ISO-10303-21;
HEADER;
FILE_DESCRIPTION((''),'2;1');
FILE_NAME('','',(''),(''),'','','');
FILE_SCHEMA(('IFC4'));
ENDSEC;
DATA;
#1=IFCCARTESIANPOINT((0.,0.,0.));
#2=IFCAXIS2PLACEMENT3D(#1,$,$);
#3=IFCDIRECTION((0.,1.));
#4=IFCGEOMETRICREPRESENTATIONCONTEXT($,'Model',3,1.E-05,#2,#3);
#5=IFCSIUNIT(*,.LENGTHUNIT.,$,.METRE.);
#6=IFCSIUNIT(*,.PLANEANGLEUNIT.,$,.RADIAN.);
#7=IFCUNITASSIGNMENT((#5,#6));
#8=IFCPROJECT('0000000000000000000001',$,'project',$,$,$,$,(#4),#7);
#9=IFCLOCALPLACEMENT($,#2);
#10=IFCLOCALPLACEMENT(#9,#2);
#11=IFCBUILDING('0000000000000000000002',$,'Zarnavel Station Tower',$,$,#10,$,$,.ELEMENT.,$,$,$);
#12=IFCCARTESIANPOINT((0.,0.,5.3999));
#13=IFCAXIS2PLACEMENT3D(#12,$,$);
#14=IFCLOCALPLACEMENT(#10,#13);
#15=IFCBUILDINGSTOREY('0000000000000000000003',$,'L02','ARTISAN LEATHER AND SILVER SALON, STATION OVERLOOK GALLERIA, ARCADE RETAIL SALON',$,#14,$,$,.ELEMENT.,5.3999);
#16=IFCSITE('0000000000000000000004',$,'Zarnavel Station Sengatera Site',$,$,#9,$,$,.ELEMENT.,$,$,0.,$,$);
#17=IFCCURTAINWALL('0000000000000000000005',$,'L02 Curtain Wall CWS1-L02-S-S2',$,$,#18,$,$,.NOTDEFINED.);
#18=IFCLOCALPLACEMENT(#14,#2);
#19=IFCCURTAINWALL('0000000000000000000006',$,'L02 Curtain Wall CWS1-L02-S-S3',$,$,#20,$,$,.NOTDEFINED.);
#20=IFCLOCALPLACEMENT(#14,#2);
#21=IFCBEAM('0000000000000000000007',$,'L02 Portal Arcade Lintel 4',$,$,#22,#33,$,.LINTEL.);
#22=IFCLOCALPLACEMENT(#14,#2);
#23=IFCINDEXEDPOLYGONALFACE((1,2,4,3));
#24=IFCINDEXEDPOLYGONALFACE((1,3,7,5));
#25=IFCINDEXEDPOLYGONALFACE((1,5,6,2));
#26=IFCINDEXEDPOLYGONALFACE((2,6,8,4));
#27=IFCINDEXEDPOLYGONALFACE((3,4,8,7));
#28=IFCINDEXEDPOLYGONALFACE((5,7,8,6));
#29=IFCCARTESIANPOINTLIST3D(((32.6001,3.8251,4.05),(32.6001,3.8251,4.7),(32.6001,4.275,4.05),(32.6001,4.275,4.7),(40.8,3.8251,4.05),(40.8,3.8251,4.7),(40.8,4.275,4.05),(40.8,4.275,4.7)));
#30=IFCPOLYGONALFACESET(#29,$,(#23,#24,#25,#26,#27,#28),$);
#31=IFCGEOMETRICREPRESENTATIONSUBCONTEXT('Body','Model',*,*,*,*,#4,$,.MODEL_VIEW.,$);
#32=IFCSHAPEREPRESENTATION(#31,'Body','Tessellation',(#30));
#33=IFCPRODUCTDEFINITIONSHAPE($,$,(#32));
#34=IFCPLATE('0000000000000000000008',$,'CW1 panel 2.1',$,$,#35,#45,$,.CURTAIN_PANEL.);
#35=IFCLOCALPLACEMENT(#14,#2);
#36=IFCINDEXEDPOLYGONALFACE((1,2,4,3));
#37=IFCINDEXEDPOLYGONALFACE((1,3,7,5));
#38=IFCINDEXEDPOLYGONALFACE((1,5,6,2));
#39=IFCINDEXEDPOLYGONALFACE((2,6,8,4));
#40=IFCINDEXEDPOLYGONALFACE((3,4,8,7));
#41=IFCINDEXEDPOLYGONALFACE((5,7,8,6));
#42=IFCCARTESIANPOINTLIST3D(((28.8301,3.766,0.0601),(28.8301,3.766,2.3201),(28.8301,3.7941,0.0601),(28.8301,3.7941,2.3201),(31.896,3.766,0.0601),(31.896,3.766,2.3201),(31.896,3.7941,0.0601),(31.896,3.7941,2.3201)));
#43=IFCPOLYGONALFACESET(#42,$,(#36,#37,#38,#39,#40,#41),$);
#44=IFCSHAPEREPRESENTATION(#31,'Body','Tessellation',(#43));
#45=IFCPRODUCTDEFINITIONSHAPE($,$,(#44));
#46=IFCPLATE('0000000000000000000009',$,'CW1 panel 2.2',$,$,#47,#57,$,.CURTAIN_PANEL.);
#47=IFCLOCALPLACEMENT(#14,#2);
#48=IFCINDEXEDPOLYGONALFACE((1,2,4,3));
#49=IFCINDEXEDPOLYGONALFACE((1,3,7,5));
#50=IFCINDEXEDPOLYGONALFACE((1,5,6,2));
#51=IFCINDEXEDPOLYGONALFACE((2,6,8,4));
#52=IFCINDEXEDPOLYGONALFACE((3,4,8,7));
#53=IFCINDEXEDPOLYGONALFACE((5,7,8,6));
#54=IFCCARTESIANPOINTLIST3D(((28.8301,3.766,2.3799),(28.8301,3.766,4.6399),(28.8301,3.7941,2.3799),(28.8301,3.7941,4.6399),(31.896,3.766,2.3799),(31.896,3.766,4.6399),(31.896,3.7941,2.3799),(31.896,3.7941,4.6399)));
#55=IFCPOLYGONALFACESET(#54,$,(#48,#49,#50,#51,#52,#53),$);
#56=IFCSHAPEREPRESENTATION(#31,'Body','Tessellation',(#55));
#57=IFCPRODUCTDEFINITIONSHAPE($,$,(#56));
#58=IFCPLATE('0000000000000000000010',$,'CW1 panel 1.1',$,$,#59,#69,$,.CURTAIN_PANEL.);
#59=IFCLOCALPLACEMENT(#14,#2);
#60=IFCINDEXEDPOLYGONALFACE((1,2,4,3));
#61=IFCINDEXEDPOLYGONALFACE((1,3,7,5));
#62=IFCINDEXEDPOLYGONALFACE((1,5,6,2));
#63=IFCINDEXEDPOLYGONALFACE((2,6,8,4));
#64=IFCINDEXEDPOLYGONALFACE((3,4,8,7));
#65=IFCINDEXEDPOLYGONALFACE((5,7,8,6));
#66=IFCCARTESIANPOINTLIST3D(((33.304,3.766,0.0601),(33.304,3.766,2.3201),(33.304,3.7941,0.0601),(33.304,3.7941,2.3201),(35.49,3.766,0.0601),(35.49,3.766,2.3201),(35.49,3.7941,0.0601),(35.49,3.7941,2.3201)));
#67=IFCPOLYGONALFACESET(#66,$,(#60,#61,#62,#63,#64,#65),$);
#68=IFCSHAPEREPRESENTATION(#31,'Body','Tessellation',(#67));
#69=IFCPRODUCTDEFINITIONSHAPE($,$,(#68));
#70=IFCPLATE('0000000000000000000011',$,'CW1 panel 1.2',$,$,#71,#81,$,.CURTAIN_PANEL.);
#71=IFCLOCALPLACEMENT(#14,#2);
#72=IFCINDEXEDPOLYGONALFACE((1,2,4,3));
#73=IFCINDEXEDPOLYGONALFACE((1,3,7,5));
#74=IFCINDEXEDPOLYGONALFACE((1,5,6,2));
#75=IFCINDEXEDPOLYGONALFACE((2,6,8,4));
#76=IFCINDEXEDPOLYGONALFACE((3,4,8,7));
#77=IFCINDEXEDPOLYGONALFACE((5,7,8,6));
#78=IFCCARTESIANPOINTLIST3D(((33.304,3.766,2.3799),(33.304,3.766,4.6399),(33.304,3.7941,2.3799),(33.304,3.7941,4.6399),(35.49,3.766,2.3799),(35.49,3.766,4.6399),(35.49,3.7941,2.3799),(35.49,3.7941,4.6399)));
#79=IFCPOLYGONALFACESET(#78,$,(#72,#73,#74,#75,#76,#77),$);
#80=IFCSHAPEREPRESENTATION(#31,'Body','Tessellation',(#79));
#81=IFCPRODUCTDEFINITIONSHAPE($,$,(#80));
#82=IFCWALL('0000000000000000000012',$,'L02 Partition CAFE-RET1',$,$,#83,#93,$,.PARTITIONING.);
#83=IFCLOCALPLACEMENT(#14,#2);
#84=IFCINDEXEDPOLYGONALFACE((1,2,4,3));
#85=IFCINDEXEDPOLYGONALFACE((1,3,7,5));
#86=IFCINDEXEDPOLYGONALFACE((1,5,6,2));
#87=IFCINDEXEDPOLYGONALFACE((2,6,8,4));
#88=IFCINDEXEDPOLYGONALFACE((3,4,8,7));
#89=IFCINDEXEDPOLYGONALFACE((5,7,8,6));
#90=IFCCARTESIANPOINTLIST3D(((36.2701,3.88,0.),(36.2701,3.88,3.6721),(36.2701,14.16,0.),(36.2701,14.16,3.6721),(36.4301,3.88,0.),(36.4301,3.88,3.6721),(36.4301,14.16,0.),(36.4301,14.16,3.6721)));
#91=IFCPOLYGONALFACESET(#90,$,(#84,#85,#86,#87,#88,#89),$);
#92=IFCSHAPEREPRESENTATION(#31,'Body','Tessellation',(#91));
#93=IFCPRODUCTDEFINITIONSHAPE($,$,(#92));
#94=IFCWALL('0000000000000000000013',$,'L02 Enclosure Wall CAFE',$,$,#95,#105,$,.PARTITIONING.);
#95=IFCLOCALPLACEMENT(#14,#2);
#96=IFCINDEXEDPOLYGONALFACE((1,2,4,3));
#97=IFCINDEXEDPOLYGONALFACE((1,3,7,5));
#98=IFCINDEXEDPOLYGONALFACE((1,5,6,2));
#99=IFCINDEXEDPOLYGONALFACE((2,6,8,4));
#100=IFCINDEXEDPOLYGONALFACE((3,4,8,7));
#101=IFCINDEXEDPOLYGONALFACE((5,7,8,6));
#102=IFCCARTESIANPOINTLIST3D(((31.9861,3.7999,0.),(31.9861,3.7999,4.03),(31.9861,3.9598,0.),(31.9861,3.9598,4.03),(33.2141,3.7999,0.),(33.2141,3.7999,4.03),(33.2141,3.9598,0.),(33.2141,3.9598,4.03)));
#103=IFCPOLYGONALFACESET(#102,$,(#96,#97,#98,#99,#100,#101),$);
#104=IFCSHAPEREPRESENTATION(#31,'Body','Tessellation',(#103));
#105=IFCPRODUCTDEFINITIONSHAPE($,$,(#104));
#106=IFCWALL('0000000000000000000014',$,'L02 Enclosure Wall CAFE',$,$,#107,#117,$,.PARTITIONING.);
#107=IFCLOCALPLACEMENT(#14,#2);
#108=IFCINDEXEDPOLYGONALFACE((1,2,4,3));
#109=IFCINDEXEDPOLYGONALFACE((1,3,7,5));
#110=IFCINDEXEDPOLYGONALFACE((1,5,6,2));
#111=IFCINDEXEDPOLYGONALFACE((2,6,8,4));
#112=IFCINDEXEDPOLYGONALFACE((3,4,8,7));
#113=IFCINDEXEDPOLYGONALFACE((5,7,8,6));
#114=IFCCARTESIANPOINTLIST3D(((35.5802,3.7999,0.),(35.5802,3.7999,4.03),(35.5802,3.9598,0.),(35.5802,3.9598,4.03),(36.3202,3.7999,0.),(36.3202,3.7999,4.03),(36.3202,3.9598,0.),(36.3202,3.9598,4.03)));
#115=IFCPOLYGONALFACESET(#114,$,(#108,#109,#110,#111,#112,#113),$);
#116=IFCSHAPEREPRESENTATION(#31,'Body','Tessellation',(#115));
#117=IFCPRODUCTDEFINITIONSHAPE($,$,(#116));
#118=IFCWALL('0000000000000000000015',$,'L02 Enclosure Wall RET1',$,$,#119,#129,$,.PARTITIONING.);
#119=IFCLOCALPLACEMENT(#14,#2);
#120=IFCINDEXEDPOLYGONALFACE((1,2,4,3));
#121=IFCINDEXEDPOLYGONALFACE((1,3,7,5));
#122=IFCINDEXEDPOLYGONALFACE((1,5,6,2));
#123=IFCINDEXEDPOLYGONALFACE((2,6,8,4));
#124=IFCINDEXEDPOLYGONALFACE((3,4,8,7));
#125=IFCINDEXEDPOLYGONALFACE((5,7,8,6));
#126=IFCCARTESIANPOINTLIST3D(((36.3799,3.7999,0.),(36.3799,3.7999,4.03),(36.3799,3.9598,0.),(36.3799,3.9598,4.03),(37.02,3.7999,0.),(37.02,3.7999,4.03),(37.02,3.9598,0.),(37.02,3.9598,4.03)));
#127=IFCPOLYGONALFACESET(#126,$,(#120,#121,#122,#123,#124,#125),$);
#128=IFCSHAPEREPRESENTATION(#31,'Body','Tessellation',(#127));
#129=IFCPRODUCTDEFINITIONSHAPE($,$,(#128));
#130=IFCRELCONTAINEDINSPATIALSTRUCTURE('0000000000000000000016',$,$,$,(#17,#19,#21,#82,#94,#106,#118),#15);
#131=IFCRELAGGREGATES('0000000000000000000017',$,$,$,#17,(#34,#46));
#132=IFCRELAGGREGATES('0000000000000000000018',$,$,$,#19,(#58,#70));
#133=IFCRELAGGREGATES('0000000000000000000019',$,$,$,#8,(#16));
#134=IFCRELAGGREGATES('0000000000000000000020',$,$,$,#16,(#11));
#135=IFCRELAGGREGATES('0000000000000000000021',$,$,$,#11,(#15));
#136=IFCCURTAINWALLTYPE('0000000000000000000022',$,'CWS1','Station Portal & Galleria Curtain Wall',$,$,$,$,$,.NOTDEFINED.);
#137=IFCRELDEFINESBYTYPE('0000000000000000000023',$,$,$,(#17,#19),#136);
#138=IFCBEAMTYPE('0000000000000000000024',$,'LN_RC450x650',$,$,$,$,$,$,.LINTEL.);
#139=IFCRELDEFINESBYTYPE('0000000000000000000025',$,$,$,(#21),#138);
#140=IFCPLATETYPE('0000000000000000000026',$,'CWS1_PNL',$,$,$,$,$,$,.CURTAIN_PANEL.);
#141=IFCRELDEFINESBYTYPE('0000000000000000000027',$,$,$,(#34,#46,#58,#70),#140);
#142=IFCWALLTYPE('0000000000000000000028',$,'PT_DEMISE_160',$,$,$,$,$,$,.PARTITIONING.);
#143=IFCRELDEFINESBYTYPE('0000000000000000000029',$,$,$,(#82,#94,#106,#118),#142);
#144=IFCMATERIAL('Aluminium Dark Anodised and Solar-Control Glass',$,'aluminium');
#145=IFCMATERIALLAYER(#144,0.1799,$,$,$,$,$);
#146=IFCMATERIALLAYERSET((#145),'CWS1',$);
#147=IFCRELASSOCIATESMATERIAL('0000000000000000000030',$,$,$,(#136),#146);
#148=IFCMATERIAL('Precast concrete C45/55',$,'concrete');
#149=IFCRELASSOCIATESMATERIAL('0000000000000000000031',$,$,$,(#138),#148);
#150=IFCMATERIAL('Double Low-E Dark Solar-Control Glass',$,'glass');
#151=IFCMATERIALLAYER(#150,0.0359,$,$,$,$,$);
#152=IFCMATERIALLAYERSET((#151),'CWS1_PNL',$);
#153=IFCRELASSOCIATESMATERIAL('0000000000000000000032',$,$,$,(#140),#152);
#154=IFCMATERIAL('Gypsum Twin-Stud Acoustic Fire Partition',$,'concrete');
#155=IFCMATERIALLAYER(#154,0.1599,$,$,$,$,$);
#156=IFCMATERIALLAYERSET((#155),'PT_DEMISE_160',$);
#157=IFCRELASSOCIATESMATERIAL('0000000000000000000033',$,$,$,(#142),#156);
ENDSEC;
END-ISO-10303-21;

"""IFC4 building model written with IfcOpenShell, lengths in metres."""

from ifc_helpers import new_model, si_unit, direction, frame, frame_2d, origin, origin_2d, place, context, subcontext, project, spatial, rectangle, extrude, material, layer, layer_set, material_profile, profile_set, type_object, element, aggregate, save


model = new_model("IFC4")

# Units and contexts
model_context = context("Model", 3, precision=1e-05, world=origin(), true_north=direction((0.0, 1.0)))
body_context = subcontext(model_context, "Body", "Model", "MODEL_VIEW")
ifc_project = project(units=[si_unit("LENGTHUNIT", "METRE"), si_unit("PLANEANGLEUNIT", "RADIAN")], contexts=[model_context])

# Site, building, storey
site_placement = place(None, origin())
site = spatial("IfcSite", under=ifc_project, at=site_placement, Name="Zarnavel Station Sengatera Site", CompositionType="ELEMENT", RefElevation=0.0)
building_placement = place(site_placement, origin())
building = spatial("IfcBuilding", under=site, at=building_placement, Name="Zarnavel Station Tower", CompositionType="ELEMENT")
storey_placement = place(building_placement, frame((0.0, 0.0, 5.3999)))
storey = spatial("IfcBuildingStorey", under=building, at=storey_placement, Name="L02", Description="ARTISAN LEATHER AND SILVER SALON, STATION OVERLOOK GALLERIA, ARCADE RETAIL SALON", CompositionType="ELEMENT", Elevation=5.3999)

# Curtain walls
ifc_material_1 = material(Name="Aluminium Dark Anodised and Solar-Control Glass", Category="aluminium")
ifc_layer_1 = layer(ifc_material_1, 0.1799)
ifc_layer_set_1 = layer_set([ifc_layer_1], Name="CWS1")
curtain_wall_type = type_object("IfcCurtainWallType", Name="CWS1", Description="Station Portal & Galleria Curtain Wall", PredefinedType="NOTDEFINED", material=ifc_layer_set_1)
curtain_wall_1_placement = place(storey_placement, origin())
curtain_wall_1 = element("IfcCurtainWall", 1, at=curtain_wall_1_placement, inside=storey, type_object=curtain_wall_type, Name="L02 Curtain Wall CWS1-L02-S-S2", PredefinedType="NOTDEFINED")
curtain_wall_2_placement = place(storey_placement, origin())
curtain_wall_2 = element("IfcCurtainWall", 2, at=curtain_wall_2_placement, inside=storey, type_object=curtain_wall_type, Name="L02 Curtain Wall CWS1-L02-S-S3", PredefinedType="NOTDEFINED")

# Beam
ifc_material_2 = material(Name="Precast concrete C45/55", Category="concrete")
ifc_material_profile_1 = material_profile(ifc_material_2, rectangle(XDim=0.45, YDim=0.6499, at=origin_2d()), Name="RC450x650")
ifc_profile_set_1 = profile_set([ifc_material_profile_1], Name="Precast concrete C45/55")
beam_type = type_object("IfcBeamType", Name="LN_RC450x650", PredefinedType="LINTEL", material=ifc_profile_set_1)
beam_placement = place(storey_placement, frame((32.6001, 4.05, 4.375), z_axis=(1.0, 0.0, 0.0), x_axis=(0.0, 1.0, 0.0)))
element("IfcBeam", 3, at=beam_placement, inside=storey, type_object=beam_type, Name="L02 Portal Arcade Lintel 4", PredefinedType="LINTEL", context=body_context, shape_type="SweptSolid", body=[
    extrude(rectangle(XDim=0.45, YDim=0.6499, at=origin_2d()), origin(), (0.0, 0.0, 1.0), 8.2),
])

# Plates
ifc_material_3 = material(Name="Double Low-E Dark Solar-Control Glass", Category="glass")
ifc_layer_2 = layer(ifc_material_3, 0.0359)
ifc_layer_set_2 = layer_set([ifc_layer_2], Name="CWS1_PNL")
plate_type = type_object("IfcPlateType", Name="CWS1_PNL", PredefinedType="CURTAIN_PANEL", material=ifc_layer_set_2)
plate_1_placement = place(storey_placement, frame((30.363, 3.78, 0.0601), z_axis=(0.0, 0.0, 1.0), x_axis=(1.0, 0.0, 0.0)))
plate_1 = element("IfcPlate", 4, at=plate_1_placement, type_object=plate_type, Name="CW1 panel 2.1", PredefinedType="CURTAIN_PANEL", context=body_context, shape_type="SweptSolid", body=[
    extrude(rectangle(XDim=3.0659, YDim=0.0281, at=origin_2d()), origin(), (0.0, 0.0, 1.0), 2.26),
])
plate_2_placement = place(storey_placement, frame((30.363, 3.78, 2.3799), z_axis=(0.0, 0.0, 1.0), x_axis=(1.0, 0.0, 0.0)))
plate_2 = element("IfcPlate", 5, at=plate_2_placement, type_object=plate_type, Name="CW1 panel 2.2", PredefinedType="CURTAIN_PANEL", context=body_context, shape_type="SweptSolid", body=[
    extrude(rectangle(XDim=3.0659, YDim=0.0281, at=origin_2d()), origin(), (0.0, 0.0, 1.0), 2.26),
])
aggregate(curtain_wall_1, [plate_1, plate_2])
plate_3_placement = place(storey_placement, frame((34.397, 3.78, 0.0601), z_axis=(0.0, 0.0, 1.0), x_axis=(1.0, 0.0, 0.0)))
plate_3 = element("IfcPlate", 6, at=plate_3_placement, type_object=plate_type, Name="CW1 panel 1.1", PredefinedType="CURTAIN_PANEL", context=body_context, shape_type="SweptSolid", body=[
    extrude(rectangle(XDim=2.186, YDim=0.0281, at=origin_2d()), origin(), (0.0, 0.0, 1.0), 2.26),
])
plate_4_placement = place(storey_placement, frame((34.397, 3.78, 2.3799), z_axis=(0.0, 0.0, 1.0), x_axis=(1.0, 0.0, 0.0)))
plate_4 = element("IfcPlate", 7, at=plate_4_placement, type_object=plate_type, Name="CW1 panel 1.2", PredefinedType="CURTAIN_PANEL", context=body_context, shape_type="SweptSolid", body=[
    extrude(rectangle(XDim=2.186, YDim=0.0281, at=origin_2d()), origin(), (0.0, 0.0, 1.0), 2.26),
])
aggregate(curtain_wall_2, [plate_3, plate_4])

# Walls
ifc_material_4 = material(Name="Gypsum Twin-Stud Acoustic Fire Partition", Category="concrete")
ifc_layer_3 = layer(ifc_material_4, 0.1599)
ifc_layer_set_3 = layer_set([ifc_layer_3], Name="PT_DEMISE_160")
wall_type = type_object("IfcWallType", Name="PT_DEMISE_160", PredefinedType="PARTITIONING", material=ifc_layer_set_3)
wall_1_placement = place(storey_placement, frame((36.3501, 3.8799, 0.0), z_axis=(0.0, 0.0, 1.0), x_axis=(0.0, 1.0, 0.0)))
element("IfcWall", 8, at=wall_1_placement, inside=storey, type_object=wall_type, Name="L02 Partition CAFE-RET1", PredefinedType="PARTITIONING", context=body_context, shape_type="SweptSolid", body=[
    extrude(rectangle(XDim=10.28, YDim=0.1599, at=frame_2d((5.1401, 0.0))), origin(), (0.0, 0.0, 1.0), 3.6721),
])
wall_2_placement = place(storey_placement, frame((31.9861, 3.8799, 0.0), z_axis=(0.0, 0.0, 1.0), x_axis=(1.0, 0.0, 0.0)))
element("IfcWall", 9, at=wall_2_placement, inside=storey, type_object=wall_type, Name="L02 Enclosure Wall CAFE", PredefinedType="PARTITIONING", context=body_context, shape_type="SweptSolid", body=[
    extrude(rectangle(XDim=1.228, YDim=0.1599, at=frame_2d((0.614, 0.0))), origin(), (0.0, 0.0, 1.0), 4.03),
])
wall_3_placement = place(storey_placement, frame((35.5801, 3.8799, 0.0), z_axis=(0.0, 0.0, 1.0), x_axis=(1.0, 0.0, 0.0)))
element("IfcWall", 10, at=wall_3_placement, inside=storey, type_object=wall_type, Name="L02 Enclosure Wall CAFE", PredefinedType="PARTITIONING", context=body_context, shape_type="SweptSolid", body=[
    extrude(rectangle(XDim=0.74, YDim=0.1599, at=frame_2d((0.3701, 0.0))), origin(), (0.0, 0.0, 1.0), 4.03),
])
wall_4_placement = place(storey_placement, frame((36.3799, 3.8799, 0.0), z_axis=(0.0, 0.0, 1.0), x_axis=(1.0, 0.0, 0.0)))
element("IfcWall", 11, at=wall_4_placement, inside=storey, type_object=wall_type, Name="L02 Enclosure Wall RET1", PredefinedType="PARTITIONING", context=body_context, shape_type="SweptSolid", body=[
    extrude(rectangle(XDim=0.6401, YDim=0.1599, at=frame_2d((0.3201, 0.0))), origin(), (0.0, 0.0, 1.0), 4.03),
])

save(model, "model.ifc")
